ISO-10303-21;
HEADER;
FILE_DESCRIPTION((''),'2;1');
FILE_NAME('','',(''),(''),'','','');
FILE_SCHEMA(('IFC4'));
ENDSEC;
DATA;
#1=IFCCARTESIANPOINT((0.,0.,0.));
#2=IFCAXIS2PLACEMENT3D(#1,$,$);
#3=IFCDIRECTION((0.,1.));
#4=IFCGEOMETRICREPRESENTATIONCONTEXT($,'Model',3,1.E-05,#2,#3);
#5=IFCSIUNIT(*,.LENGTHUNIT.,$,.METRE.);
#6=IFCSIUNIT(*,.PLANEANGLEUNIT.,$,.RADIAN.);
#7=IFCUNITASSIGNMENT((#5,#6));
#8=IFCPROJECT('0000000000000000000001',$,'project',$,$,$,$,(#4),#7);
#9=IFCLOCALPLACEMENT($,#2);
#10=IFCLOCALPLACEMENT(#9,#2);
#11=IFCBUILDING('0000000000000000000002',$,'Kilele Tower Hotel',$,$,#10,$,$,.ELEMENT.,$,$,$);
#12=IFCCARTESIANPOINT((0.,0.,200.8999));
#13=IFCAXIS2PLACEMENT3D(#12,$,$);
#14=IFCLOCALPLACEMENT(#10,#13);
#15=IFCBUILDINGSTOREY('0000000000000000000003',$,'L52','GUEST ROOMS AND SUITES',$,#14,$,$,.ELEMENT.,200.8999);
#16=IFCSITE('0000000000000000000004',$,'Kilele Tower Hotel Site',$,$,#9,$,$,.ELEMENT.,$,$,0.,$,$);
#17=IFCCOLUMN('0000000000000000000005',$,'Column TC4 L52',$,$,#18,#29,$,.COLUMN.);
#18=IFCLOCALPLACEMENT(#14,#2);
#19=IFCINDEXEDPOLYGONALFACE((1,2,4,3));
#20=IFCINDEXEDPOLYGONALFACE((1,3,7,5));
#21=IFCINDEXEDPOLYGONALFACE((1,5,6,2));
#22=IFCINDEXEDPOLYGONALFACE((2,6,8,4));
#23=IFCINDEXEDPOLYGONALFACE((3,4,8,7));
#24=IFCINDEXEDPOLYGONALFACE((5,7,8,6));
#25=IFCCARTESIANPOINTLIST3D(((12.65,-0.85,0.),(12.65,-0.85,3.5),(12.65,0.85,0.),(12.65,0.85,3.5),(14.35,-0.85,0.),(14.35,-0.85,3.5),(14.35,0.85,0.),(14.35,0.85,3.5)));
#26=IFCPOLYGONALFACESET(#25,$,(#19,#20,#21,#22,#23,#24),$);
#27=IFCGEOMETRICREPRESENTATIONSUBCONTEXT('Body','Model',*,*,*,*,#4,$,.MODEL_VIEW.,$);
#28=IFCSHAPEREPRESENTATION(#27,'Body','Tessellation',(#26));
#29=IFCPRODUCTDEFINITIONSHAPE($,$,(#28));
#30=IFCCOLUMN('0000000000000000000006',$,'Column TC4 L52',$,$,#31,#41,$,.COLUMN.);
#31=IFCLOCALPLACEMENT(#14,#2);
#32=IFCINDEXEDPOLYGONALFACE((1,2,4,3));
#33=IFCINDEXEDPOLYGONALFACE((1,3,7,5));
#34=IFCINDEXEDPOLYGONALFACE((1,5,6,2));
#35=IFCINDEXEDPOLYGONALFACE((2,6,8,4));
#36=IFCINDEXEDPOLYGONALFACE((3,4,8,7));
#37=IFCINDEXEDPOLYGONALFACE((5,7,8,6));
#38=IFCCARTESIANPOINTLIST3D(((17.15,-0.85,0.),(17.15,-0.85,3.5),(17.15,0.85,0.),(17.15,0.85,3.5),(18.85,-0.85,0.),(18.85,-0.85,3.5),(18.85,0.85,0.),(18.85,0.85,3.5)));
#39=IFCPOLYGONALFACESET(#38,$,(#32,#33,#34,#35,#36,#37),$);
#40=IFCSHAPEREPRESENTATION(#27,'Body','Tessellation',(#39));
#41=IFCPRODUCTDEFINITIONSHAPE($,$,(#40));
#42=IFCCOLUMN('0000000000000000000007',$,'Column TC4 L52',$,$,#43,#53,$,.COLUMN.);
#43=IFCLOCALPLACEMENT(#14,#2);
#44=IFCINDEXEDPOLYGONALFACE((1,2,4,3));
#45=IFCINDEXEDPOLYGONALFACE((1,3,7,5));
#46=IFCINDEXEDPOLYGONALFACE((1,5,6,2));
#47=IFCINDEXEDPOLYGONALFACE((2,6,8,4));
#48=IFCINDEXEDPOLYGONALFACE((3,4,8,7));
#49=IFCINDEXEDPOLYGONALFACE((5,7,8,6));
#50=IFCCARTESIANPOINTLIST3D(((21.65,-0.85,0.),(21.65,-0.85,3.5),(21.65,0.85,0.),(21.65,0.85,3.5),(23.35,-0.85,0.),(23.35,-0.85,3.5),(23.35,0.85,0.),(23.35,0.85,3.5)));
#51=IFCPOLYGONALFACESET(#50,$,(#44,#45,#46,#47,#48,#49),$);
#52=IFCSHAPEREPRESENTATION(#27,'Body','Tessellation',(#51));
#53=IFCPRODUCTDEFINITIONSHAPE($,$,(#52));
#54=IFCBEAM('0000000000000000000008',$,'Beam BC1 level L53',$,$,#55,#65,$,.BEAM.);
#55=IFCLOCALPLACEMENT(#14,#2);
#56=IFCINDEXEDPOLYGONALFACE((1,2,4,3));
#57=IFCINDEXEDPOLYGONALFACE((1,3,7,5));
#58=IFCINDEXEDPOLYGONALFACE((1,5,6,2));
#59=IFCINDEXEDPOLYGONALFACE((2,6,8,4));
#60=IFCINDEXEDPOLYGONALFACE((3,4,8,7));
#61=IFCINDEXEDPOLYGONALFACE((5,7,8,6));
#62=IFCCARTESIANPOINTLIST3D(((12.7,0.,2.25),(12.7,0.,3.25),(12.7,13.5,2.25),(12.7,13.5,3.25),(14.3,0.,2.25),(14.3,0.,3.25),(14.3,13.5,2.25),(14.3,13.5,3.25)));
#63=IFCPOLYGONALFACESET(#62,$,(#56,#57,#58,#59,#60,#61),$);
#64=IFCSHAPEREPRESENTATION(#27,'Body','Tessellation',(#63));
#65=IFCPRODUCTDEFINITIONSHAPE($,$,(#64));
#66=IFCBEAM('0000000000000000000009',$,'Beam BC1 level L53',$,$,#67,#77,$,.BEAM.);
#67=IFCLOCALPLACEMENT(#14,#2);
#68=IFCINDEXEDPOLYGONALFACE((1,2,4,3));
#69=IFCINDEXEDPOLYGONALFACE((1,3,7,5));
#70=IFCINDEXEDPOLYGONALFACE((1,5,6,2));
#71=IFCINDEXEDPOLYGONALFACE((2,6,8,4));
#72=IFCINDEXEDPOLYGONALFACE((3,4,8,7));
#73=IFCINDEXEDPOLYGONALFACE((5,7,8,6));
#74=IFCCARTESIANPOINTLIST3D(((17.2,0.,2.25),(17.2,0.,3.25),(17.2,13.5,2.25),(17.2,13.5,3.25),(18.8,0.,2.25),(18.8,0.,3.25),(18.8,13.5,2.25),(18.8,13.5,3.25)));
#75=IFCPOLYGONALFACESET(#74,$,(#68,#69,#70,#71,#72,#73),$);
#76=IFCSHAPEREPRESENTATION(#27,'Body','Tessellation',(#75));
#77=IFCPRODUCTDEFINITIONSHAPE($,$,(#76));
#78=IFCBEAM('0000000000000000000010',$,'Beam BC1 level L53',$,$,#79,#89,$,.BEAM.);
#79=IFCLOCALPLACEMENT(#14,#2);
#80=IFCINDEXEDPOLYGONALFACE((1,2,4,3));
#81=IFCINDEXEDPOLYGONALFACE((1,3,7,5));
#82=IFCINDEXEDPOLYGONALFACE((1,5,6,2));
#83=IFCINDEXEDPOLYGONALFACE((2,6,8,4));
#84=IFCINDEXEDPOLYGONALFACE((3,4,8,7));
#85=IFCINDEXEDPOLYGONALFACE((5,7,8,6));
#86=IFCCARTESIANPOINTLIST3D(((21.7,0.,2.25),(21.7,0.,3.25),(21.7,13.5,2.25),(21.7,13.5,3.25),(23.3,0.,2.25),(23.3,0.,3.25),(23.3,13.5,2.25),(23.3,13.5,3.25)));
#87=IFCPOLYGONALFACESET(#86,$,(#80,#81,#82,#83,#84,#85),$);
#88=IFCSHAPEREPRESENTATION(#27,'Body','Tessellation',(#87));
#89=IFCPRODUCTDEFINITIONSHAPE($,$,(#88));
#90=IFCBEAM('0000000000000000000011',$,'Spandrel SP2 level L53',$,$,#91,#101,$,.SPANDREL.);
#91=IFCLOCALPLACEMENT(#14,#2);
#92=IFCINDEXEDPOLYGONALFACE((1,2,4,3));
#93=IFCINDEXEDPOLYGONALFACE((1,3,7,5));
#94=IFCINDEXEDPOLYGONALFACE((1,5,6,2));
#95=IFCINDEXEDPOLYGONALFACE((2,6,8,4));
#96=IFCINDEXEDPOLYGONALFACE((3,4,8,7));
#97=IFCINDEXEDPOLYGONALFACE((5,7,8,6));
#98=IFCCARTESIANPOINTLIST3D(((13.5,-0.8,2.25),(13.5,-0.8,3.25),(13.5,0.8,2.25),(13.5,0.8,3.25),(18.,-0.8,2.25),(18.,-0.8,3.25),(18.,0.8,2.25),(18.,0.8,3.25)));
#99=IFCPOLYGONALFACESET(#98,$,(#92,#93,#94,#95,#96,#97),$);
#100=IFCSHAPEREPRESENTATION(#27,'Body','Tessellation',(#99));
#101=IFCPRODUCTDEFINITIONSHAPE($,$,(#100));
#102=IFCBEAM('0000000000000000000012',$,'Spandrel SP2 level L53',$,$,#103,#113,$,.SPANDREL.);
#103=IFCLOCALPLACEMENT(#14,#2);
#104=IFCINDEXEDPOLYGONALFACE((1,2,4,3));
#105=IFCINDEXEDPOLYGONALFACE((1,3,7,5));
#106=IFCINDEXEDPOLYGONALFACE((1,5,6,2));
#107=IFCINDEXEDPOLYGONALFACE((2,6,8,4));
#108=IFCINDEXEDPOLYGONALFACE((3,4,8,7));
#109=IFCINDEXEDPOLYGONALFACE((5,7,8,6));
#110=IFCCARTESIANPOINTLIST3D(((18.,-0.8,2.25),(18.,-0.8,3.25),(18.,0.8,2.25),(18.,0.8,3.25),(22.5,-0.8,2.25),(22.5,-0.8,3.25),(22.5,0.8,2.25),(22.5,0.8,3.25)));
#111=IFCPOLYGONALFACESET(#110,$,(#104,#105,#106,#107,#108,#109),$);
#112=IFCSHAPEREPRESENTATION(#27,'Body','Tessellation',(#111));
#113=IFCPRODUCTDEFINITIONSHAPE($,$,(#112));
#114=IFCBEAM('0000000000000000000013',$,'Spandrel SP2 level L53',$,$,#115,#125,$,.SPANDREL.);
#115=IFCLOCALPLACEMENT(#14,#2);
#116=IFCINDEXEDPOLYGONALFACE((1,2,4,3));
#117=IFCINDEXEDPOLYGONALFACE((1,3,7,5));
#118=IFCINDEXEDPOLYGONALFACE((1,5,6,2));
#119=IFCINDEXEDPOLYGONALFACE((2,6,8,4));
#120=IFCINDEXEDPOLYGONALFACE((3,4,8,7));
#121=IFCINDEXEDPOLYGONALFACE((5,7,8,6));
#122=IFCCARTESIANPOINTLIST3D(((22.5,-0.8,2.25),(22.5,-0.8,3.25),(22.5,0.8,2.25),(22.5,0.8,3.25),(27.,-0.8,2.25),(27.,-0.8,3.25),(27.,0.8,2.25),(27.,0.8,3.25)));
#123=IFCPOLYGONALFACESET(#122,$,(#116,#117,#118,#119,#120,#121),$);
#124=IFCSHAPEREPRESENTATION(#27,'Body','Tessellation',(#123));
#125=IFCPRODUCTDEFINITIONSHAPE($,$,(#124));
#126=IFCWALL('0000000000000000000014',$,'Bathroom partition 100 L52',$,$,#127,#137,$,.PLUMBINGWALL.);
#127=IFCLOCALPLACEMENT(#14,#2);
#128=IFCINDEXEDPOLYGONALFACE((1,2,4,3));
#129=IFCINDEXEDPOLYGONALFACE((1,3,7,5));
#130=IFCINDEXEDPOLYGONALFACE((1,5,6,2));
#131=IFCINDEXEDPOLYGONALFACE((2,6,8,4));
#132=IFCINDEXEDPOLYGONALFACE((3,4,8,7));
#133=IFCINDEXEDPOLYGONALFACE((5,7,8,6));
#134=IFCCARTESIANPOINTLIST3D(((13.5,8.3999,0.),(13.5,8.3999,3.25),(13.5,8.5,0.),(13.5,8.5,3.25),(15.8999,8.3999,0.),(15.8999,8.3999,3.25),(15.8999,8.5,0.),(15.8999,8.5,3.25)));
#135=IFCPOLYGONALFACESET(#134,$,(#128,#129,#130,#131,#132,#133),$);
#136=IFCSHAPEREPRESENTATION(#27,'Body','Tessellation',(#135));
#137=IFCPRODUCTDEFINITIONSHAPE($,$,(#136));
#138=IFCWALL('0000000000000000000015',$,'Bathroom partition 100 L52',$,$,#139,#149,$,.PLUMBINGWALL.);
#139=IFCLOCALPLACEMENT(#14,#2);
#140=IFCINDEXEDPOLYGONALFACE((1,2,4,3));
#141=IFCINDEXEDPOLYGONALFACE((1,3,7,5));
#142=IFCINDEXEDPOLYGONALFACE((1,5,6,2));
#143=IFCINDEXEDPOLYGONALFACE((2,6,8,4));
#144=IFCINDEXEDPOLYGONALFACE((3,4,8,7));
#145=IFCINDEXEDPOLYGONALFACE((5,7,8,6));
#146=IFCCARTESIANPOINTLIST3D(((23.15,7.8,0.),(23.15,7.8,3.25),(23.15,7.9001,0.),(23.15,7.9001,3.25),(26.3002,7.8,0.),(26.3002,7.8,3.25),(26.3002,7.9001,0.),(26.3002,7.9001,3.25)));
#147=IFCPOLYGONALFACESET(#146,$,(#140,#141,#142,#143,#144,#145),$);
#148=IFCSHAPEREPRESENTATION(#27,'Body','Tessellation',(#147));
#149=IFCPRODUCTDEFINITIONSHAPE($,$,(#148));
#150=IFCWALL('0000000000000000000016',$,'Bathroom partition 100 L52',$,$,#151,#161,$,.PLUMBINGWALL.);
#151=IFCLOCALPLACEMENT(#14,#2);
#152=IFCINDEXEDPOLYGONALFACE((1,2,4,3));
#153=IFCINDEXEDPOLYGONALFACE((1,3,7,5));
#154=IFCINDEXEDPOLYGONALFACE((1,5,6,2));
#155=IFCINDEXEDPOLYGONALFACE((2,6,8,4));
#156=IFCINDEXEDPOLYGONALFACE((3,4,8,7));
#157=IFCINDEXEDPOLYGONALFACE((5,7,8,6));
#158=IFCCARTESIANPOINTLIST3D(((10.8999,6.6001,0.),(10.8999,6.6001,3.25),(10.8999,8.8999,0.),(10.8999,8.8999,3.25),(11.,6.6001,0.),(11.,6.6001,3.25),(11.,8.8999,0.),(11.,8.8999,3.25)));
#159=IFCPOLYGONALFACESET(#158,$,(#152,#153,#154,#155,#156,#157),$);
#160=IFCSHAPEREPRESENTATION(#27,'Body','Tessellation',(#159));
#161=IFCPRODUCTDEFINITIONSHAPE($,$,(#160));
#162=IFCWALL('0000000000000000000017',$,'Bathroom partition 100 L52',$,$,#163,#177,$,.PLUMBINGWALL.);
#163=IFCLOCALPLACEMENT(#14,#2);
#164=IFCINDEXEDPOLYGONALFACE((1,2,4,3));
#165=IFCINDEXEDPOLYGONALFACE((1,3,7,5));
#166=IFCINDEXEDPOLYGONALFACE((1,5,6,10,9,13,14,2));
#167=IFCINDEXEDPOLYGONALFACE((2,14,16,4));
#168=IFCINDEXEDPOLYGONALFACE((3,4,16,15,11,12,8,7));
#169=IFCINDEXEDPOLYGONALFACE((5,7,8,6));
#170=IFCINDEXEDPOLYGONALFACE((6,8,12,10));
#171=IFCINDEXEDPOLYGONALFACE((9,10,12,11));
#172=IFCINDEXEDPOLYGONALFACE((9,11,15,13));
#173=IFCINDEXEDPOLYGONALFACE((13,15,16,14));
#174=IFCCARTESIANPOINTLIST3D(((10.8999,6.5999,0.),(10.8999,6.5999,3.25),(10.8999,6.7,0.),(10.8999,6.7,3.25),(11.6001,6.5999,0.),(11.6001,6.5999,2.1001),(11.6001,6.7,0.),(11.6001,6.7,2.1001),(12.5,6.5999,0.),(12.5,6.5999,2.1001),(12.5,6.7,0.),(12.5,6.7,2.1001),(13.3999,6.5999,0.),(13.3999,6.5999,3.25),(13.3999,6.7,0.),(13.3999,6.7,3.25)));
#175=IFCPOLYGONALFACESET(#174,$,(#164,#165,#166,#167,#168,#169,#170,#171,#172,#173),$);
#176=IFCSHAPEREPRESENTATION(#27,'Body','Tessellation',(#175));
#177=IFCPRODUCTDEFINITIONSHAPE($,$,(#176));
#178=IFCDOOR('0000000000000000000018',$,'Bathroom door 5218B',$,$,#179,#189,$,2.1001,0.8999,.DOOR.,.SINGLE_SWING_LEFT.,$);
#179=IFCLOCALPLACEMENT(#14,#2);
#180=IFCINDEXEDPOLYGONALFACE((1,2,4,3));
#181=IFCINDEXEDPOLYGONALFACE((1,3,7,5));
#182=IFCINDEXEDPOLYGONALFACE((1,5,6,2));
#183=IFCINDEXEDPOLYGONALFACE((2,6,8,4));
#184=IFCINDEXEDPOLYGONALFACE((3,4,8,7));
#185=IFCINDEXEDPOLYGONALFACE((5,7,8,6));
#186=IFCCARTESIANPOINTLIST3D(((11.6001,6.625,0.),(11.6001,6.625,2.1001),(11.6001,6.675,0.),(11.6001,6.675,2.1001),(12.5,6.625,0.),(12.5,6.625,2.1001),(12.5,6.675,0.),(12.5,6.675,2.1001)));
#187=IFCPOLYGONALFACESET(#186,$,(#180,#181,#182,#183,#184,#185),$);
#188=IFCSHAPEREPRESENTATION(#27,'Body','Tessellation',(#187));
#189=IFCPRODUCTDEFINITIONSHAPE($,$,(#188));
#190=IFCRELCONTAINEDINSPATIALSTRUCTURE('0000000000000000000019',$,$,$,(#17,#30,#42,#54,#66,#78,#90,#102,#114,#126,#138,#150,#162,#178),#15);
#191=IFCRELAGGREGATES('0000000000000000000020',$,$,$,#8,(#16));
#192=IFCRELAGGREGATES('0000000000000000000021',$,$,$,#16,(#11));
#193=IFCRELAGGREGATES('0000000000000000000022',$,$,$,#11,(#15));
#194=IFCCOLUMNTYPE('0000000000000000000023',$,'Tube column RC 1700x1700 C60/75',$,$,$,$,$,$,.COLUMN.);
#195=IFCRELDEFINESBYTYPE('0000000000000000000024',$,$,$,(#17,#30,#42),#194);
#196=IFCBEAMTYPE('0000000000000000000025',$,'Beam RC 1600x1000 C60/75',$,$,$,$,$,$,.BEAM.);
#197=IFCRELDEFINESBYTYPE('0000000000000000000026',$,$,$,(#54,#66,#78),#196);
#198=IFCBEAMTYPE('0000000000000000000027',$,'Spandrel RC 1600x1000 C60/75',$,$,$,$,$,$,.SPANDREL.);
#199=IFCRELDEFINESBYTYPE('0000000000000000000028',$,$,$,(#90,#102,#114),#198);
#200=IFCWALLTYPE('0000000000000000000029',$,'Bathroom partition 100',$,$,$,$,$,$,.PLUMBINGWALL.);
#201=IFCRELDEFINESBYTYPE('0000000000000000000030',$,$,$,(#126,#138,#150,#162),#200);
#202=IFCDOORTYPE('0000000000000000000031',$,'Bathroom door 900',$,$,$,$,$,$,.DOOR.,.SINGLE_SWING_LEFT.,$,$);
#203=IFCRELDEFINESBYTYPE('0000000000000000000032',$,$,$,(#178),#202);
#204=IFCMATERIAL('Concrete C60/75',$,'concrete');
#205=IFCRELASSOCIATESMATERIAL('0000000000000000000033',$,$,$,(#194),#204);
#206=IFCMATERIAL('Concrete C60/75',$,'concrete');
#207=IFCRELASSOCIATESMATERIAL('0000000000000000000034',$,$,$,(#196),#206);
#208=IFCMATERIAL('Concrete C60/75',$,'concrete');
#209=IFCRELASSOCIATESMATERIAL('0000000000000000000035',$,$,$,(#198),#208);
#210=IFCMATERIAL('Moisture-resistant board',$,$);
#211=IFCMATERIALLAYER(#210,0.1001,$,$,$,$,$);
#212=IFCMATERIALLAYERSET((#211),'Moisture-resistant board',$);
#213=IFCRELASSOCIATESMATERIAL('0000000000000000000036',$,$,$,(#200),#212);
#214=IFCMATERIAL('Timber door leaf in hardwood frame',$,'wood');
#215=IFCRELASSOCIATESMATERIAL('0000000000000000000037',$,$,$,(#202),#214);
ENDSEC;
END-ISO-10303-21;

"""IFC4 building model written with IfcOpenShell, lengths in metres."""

from ifc_helpers import new_model, si_unit, direction, frame, frame_2d, origin, origin_2d, place, context, subcontext, project, spatial, rectangle, extrude, material, layer, layer_set, material_profile, profile_set, type_object, element, fill, save


model = new_model("IFC4")

# Units and contexts
model_context = context("Model", 3, precision=1e-05, world=origin(), true_north=direction((0.0, 1.0)))
body_context = subcontext(model_context, "Body", "Model", "MODEL_VIEW")
ifc_project = project(units=[si_unit("LENGTHUNIT", "METRE"), si_unit("PLANEANGLEUNIT", "RADIAN")], contexts=[model_context])

# Site, building, storey
site_placement = place(None, origin())
site = spatial("IfcSite", under=ifc_project, at=site_placement, Name="Kilele Tower Hotel Site", CompositionType="ELEMENT", RefElevation=0.0)
building_placement = place(site_placement, origin())
building = spatial("IfcBuilding", under=site, at=building_placement, Name="Kilele Tower Hotel", CompositionType="ELEMENT")
storey_placement = place(building_placement, frame((0.0, 0.0, 200.8999)))
storey = spatial("IfcBuildingStorey", under=building, at=storey_placement, Name="L52", Description="GUEST ROOMS AND SUITES", CompositionType="ELEMENT", Elevation=200.8999)

# Columns
ifc_material_1 = material(Name="Concrete C60/75", Category="concrete")
ifc_material_profile_1 = material_profile(ifc_material_1, rectangle(XDim=1.7, YDim=1.7, at=origin_2d()))
ifc_profile_set_1 = profile_set([ifc_material_profile_1], Name="Concrete C60/75")
column_type = type_object("IfcColumnType", Name="Tube column RC 1700x1700 C60/75", PredefinedType="COLUMN", material=ifc_profile_set_1)
for number, where, z_axis, x_axis, name in (
    (1, (13.5, 0.0, 0.0), (0.0, 0.0, 1.0), (1.0, 0.0, 0.0), "Column TC4 L52"),
    (2, (18.0, 0.0, 0.0), (0.0, 0.0, 1.0), (1.0, 0.0, 0.0), "Column TC4 L52"),
    (3, (22.5, 0.0, 0.0), (0.0, 0.0, 1.0), (1.0, 0.0, 0.0), "Column TC4 L52"),
):
    element("IfcColumn", number, at=place(storey_placement, frame(where, z_axis=z_axis, x_axis=x_axis)), inside=storey, type_object=column_type, Name=name, PredefinedType="COLUMN", context=body_context, shape_type="SweptSolid", body=[
        extrude(rectangle(XDim=1.7, YDim=1.7, at=origin_2d()), origin(), (0.0, 0.0, 1.0), 3.5),
    ])

# Beams
ifc_material_2 = material(Name="Concrete C60/75", Category="concrete")
ifc_material_profile_2 = material_profile(ifc_material_2, rectangle(XDim=1.6001, YDim=1.0, at=origin_2d()))
ifc_profile_set_2 = profile_set([ifc_material_profile_2], Name="Concrete C60/75")
beam_type_1 = type_object("IfcBeamType", Name="Beam RC 1600x1000 C60/75", PredefinedType="BEAM", material=ifc_profile_set_2)
for number, where, z_axis, x_axis, name in (
    (4, (13.5, 0.0, 2.75), (0.0, 1.0, 0.0), (-1.0, 0.0, 0.0), "Beam BC1 level L53"),
    (5, (18.0, 0.0, 2.75), (0.0, 1.0, 0.0), (-1.0, 0.0, 0.0), "Beam BC1 level L53"),
    (6, (22.5, 0.0, 2.75), (0.0, 1.0, 0.0), (-1.0, 0.0, 0.0), "Beam BC1 level L53"),
):
    element("IfcBeam", number, at=place(storey_placement, frame(where, z_axis=z_axis, x_axis=x_axis)), inside=storey, type_object=beam_type_1, Name=name, PredefinedType="BEAM", context=body_context, shape_type="SweptSolid", body=[
        extrude(rectangle(XDim=1.6001, YDim=1.0, at=origin_2d()), origin(), (0.0, 0.0, 1.0), 13.5),
    ])
ifc_material_3 = material(Name="Concrete C60/75", Category="concrete")
ifc_material_profile_3 = material_profile(ifc_material_3, rectangle(XDim=1.6001, YDim=1.0, at=origin_2d()))
ifc_profile_set_3 = profile_set([ifc_material_profile_3], Name="Concrete C60/75")
beam_type_2 = type_object("IfcBeamType", Name="Spandrel RC 1600x1000 C60/75", PredefinedType="SPANDREL", material=ifc_profile_set_3)
for number, where, z_axis, x_axis, name in (
    (7, (13.5, 0.0, 2.75), (1.0, 0.0, 0.0), (0.0, 1.0, 0.0), "Spandrel SP2 level L53"),
    (8, (18.0, 0.0, 2.75), (1.0, 0.0, 0.0), (0.0, 1.0, 0.0), "Spandrel SP2 level L53"),
    (9, (22.5, 0.0, 2.75), (1.0, 0.0, 0.0), (0.0, 1.0, 0.0), "Spandrel SP2 level L53"),
):
    element("IfcBeam", number, at=place(storey_placement, frame(where, z_axis=z_axis, x_axis=x_axis)), inside=storey, type_object=beam_type_2, Name=name, PredefinedType="SPANDREL", context=body_context, shape_type="SweptSolid", body=[
        extrude(rectangle(XDim=1.6001, YDim=1.0, at=origin_2d()), origin(), (0.0, 0.0, 1.0), 4.5),
    ])

# Walls
ifc_material_4 = material(Name="Moisture-resistant board")
ifc_layer_1 = layer(ifc_material_4, 0.1001)
ifc_layer_set_1 = layer_set([ifc_layer_1], Name="Moisture-resistant board")
wall_type_1 = type_object("IfcWallType", Name="Bathroom partition 100", PredefinedType="PLUMBINGWALL", material=ifc_layer_set_1)
wall_1_placement = place(storey_placement, frame((13.5, 8.45, 0.0), z_axis=(0.0, 0.0, 1.0), x_axis=(1.0, 0.0, 0.0)))
element("IfcWall", 10, at=wall_1_placement, inside=storey, type_object=wall_type_1, Name="Bathroom partition 100 L52", PredefinedType="PLUMBINGWALL", context=body_context, shape_type="SweptSolid", body=[
    extrude(rectangle(XDim=2.3999, YDim=0.1001, at=frame_2d((1.2, 0.0))), origin(), (0.0, 0.0, 1.0), 3.25),
])
wall_2_placement = place(storey_placement, frame((23.1499, 7.8501, 0.0), z_axis=(0.0, 0.0, 1.0), x_axis=(1.0, 0.0, 0.0)))
element("IfcWall", 11, at=wall_2_placement, inside=storey, type_object=wall_type_1, Name="Bathroom partition 100 L52", PredefinedType="PLUMBINGWALL", context=body_context, shape_type="SweptSolid", body=[
    extrude(rectangle(XDim=3.1501, YDim=0.1001, at=frame_2d((1.5752, 0.0))), origin(), (0.0, 0.0, 1.0), 3.25),
])
wall_3_placement = place(storey_placement, frame((10.95, 8.8999, 0.0), z_axis=(0.0, 0.0, 1.0), x_axis=(0.0, -1.0, 0.0)))
element("IfcWall", 12, at=wall_3_placement, inside=storey, type_object=wall_type_1, Name="Bathroom partition 100 L52", PredefinedType="PLUMBINGWALL", context=body_context, shape_type="SweptSolid", body=[
    extrude(rectangle(XDim=2.2998, YDim=0.1001, at=frame_2d((1.1499, 0.0))), origin(), (0.0, 0.0, 1.0), 3.25),
])

# Wall, opening, door
wall_4_placement = place(storey_placement, frame((13.3999, 6.6499, 0.0), z_axis=(0.0, 0.0, 1.0), x_axis=(-1.0, 0.0, 0.0)))
wall_4 = element("IfcWall", 13, at=wall_4_placement, inside=storey, type_object=wall_type_1, Name="Bathroom partition 100 L52", PredefinedType="PLUMBINGWALL", context=body_context, shape_type="SweptSolid", body=[
    extrude(rectangle(XDim=2.5, YDim=0.1001, at=frame_2d((1.25, 0.0))), origin(), (0.0, 0.0, 1.0), 3.25),
])
opening_1_placement = place(wall_4_placement, frame((0.8999, 0.0, 0.0)))
opening_1 = element("IfcOpeningElement", 14, at=opening_1_placement, cuts=wall_4, PredefinedType="OPENING", context=body_context, shape_type="SweptSolid", body=[
    extrude(rectangle(XDim=0.8999, YDim=2.1001, at=frame_2d((0.45, 1.05))), frame((0.0, 0.0601, 0.0), z_axis=(0.0, -1.0, 0.0), x_axis=(1.0, 0.0, 0.0)), (0.0, 0.0, 1.0), 0.1201),
])
ifc_material_5 = material(Name="Timber door leaf in hardwood frame", Category="wood")
door_type_1 = type_object("IfcDoorType", Name="Bathroom door 900", OperationType="SINGLE_SWING_LEFT", PredefinedType="DOOR", material=ifc_material_5)
door_1_placement = place(opening_1_placement, origin())
door_1 = element("IfcDoor", 15, at=door_1_placement, inside=storey, type_object=door_type_1, Name="Bathroom door 5218B", OperationType="SINGLE_SWING_LEFT", OverallHeight=2.1001, OverallWidth=0.8999, PredefinedType="DOOR", context=body_context, shape_type="SweptSolid", body=[
    extrude(rectangle(XDim=0.8999, YDim=2.1001, at=frame_2d((0.45, 1.05))), frame((0.0, 0.0249, 0.0), z_axis=(0.0, -1.0, 0.0), x_axis=(1.0, 0.0, 0.0)), (0.0, 0.0, 1.0), 0.05),
])
fill(opening_1, door_1)

save(model, "model.ifc")
